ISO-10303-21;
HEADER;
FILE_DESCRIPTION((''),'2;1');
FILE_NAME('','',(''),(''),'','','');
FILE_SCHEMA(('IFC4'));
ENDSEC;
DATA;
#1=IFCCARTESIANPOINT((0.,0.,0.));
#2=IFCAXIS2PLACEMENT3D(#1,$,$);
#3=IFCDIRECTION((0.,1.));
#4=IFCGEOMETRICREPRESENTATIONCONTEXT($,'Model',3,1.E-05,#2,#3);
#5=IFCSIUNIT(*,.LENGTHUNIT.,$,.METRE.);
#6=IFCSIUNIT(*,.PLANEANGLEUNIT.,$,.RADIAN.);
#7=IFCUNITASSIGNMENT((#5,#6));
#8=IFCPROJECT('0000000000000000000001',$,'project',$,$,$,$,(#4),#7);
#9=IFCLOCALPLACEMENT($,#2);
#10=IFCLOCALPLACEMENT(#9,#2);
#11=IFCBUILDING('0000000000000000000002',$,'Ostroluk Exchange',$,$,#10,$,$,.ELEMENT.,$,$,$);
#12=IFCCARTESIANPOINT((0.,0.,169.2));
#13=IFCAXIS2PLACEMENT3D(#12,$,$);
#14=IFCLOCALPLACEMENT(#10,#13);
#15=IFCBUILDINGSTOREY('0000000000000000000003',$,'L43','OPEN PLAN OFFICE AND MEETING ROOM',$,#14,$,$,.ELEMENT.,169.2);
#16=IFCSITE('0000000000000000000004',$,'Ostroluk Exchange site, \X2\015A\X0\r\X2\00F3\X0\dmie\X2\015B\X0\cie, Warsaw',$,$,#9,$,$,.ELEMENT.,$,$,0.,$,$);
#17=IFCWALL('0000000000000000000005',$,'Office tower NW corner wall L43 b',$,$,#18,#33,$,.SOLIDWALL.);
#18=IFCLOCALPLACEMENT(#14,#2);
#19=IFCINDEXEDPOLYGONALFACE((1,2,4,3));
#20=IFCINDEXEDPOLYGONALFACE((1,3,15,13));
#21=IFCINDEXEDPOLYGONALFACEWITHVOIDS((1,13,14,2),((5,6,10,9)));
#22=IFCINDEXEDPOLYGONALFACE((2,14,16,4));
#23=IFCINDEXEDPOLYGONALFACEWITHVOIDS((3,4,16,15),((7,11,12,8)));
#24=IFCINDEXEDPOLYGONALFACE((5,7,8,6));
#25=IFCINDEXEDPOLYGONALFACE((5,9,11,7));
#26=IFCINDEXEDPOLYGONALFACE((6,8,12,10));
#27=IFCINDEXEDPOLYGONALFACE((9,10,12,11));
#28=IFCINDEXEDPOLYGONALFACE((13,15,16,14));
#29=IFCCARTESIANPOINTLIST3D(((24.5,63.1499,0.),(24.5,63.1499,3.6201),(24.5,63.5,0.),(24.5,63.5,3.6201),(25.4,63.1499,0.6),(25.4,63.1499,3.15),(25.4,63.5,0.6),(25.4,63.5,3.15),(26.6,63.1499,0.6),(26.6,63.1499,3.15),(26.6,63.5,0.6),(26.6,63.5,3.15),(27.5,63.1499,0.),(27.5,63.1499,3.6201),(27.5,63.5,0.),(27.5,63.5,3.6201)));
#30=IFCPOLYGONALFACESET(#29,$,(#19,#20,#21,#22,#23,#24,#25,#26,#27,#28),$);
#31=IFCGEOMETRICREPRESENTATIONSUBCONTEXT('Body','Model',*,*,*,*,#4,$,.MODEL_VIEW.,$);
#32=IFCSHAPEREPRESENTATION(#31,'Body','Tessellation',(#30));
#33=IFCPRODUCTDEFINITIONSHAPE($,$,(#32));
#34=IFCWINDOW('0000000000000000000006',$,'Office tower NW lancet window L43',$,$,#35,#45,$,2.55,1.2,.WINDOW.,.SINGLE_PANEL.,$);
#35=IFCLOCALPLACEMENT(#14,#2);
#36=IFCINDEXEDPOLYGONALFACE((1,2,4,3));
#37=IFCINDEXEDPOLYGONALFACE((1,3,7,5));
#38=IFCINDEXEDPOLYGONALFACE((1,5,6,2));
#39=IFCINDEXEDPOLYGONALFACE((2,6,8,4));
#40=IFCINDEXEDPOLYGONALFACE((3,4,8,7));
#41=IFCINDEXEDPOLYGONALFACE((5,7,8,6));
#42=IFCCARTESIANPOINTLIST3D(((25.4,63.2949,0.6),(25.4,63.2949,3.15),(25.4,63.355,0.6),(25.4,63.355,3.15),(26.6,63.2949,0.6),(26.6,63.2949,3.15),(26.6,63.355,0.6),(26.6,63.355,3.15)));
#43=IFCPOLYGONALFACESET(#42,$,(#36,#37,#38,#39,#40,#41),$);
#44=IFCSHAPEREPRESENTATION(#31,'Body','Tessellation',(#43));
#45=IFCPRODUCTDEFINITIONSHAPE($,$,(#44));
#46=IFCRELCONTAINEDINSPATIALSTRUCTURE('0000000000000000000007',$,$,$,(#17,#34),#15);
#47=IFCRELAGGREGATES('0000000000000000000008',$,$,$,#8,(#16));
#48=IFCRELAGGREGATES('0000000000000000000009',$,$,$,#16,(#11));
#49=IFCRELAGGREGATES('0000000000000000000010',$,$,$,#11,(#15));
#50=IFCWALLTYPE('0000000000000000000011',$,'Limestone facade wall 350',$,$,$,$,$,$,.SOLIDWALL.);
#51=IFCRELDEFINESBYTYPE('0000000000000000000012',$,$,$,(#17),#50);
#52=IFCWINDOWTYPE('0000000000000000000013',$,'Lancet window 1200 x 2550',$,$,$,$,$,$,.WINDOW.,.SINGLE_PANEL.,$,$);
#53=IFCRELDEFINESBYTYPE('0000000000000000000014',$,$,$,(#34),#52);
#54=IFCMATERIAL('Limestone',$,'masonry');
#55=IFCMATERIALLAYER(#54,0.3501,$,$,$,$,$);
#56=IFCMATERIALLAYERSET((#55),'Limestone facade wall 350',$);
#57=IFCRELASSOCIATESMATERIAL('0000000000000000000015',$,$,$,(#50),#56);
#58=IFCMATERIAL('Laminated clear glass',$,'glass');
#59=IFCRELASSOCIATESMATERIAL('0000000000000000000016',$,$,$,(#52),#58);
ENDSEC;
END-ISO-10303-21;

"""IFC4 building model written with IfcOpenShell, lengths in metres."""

from ifc_helpers import new_model, si_unit, direction, frame, frame_2d, origin, place, context, subcontext, project, spatial, rectangle, extrude, material, layer, layer_set, type_object, element, fill, save


model = new_model("IFC4")

# Units and contexts
model_context = context("Model", 3, precision=1e-05, world=origin(), true_north=direction((0.0, 1.0)))
body_context = subcontext(model_context, "Body", "Model", "MODEL_VIEW")
ifc_project = project(units=[si_unit("LENGTHUNIT", "METRE"), si_unit("PLANEANGLEUNIT", "RADIAN")], contexts=[model_context])

# Site, building, storey
site_placement = place(None, origin())
site = spatial("IfcSite", under=ifc_project, at=site_placement, Name="Ostroluk Exchange site, Śródmieście, Warsaw", CompositionType="ELEMENT", RefElevation=0.0)
building_placement = place(site_placement, origin())
building = spatial("IfcBuilding", under=site, at=building_placement, Name="Ostroluk Exchange", CompositionType="ELEMENT")
storey_placement = place(building_placement, frame((0.0, 0.0, 169.2)))
storey = spatial("IfcBuildingStorey", under=building, at=storey_placement, Name="L43", Description="OPEN PLAN OFFICE AND MEETING ROOM", CompositionType="ELEMENT", Elevation=169.2)

# Shared definitions
ifc_material_1 = material(Name="Limestone", Category="masonry")
ifc_layer_1 = layer(ifc_material_1, 0.3501)
ifc_layer_set_1 = layer_set([ifc_layer_1], Name="Limestone facade wall 350")
wall_type = type_object("IfcWallType", Name="Limestone facade wall 350", PredefinedType="SOLIDWALL", material=ifc_layer_set_1)

# Wall, opening, window
wall_1_placement = place(storey_placement, frame((27.5, 63.325, 0.0), z_axis=(0.0, 0.0, 1.0), x_axis=(-1.0, 0.0, 0.0)))
wall_1 = element("IfcWall", 1, at=wall_1_placement, inside=storey, type_object=wall_type, Name="Office tower NW corner wall L43 b", PredefinedType="SOLIDWALL", context=body_context, shape_type="SweptSolid", body=[
    extrude(rectangle(XDim=3.0, YDim=0.3501, at=frame_2d((1.5, 0.0))), origin(), (0.0, 0.0, 1.0), 3.6201),
])
opening_1_placement = place(wall_1_placement, frame((0.8999, 0.0, 0.6001)))
opening_1 = element("IfcOpeningElement", 2, at=opening_1_placement, cuts=wall_1, PredefinedType="OPENING", context=body_context, shape_type="SweptSolid", body=[
    extrude(rectangle(XDim=1.2, YDim=2.55, at=frame_2d((0.6001, 1.2749))), frame((0.0, 0.1851, 0.0), z_axis=(0.0, -1.0, 0.0), x_axis=(1.0, 0.0, 0.0)), (0.0, 0.0, 1.0), 0.3701),
])
ifc_material_2 = material(Name="Laminated clear glass", Category="glass")
window_type = type_object("IfcWindowType", Name="Lancet window 1200 x 2550", PartitioningType="SINGLE_PANEL", PredefinedType="WINDOW", material=ifc_material_2)
window_placement = place(opening_1_placement, origin())
window = element("IfcWindow", 3, at=window_placement, inside=storey, type_object=window_type, Name="Office tower NW lancet window L43", OverallHeight=2.55, OverallWidth=1.2, PartitioningType="SINGLE_PANEL", PredefinedType="WINDOW", context=body_context, shape_type="SweptSolid", body=[
    extrude(rectangle(XDim=1.2, YDim=2.55, at=frame_2d((0.6001, 1.2749))), frame((0.0, 0.03, 0.0), z_axis=(0.0, -1.0, 0.0), x_axis=(1.0, 0.0, 0.0)), (0.0, 0.0, 1.0), 0.0601),
])
fill(opening_1, window)

save(model, "model.ifc")
